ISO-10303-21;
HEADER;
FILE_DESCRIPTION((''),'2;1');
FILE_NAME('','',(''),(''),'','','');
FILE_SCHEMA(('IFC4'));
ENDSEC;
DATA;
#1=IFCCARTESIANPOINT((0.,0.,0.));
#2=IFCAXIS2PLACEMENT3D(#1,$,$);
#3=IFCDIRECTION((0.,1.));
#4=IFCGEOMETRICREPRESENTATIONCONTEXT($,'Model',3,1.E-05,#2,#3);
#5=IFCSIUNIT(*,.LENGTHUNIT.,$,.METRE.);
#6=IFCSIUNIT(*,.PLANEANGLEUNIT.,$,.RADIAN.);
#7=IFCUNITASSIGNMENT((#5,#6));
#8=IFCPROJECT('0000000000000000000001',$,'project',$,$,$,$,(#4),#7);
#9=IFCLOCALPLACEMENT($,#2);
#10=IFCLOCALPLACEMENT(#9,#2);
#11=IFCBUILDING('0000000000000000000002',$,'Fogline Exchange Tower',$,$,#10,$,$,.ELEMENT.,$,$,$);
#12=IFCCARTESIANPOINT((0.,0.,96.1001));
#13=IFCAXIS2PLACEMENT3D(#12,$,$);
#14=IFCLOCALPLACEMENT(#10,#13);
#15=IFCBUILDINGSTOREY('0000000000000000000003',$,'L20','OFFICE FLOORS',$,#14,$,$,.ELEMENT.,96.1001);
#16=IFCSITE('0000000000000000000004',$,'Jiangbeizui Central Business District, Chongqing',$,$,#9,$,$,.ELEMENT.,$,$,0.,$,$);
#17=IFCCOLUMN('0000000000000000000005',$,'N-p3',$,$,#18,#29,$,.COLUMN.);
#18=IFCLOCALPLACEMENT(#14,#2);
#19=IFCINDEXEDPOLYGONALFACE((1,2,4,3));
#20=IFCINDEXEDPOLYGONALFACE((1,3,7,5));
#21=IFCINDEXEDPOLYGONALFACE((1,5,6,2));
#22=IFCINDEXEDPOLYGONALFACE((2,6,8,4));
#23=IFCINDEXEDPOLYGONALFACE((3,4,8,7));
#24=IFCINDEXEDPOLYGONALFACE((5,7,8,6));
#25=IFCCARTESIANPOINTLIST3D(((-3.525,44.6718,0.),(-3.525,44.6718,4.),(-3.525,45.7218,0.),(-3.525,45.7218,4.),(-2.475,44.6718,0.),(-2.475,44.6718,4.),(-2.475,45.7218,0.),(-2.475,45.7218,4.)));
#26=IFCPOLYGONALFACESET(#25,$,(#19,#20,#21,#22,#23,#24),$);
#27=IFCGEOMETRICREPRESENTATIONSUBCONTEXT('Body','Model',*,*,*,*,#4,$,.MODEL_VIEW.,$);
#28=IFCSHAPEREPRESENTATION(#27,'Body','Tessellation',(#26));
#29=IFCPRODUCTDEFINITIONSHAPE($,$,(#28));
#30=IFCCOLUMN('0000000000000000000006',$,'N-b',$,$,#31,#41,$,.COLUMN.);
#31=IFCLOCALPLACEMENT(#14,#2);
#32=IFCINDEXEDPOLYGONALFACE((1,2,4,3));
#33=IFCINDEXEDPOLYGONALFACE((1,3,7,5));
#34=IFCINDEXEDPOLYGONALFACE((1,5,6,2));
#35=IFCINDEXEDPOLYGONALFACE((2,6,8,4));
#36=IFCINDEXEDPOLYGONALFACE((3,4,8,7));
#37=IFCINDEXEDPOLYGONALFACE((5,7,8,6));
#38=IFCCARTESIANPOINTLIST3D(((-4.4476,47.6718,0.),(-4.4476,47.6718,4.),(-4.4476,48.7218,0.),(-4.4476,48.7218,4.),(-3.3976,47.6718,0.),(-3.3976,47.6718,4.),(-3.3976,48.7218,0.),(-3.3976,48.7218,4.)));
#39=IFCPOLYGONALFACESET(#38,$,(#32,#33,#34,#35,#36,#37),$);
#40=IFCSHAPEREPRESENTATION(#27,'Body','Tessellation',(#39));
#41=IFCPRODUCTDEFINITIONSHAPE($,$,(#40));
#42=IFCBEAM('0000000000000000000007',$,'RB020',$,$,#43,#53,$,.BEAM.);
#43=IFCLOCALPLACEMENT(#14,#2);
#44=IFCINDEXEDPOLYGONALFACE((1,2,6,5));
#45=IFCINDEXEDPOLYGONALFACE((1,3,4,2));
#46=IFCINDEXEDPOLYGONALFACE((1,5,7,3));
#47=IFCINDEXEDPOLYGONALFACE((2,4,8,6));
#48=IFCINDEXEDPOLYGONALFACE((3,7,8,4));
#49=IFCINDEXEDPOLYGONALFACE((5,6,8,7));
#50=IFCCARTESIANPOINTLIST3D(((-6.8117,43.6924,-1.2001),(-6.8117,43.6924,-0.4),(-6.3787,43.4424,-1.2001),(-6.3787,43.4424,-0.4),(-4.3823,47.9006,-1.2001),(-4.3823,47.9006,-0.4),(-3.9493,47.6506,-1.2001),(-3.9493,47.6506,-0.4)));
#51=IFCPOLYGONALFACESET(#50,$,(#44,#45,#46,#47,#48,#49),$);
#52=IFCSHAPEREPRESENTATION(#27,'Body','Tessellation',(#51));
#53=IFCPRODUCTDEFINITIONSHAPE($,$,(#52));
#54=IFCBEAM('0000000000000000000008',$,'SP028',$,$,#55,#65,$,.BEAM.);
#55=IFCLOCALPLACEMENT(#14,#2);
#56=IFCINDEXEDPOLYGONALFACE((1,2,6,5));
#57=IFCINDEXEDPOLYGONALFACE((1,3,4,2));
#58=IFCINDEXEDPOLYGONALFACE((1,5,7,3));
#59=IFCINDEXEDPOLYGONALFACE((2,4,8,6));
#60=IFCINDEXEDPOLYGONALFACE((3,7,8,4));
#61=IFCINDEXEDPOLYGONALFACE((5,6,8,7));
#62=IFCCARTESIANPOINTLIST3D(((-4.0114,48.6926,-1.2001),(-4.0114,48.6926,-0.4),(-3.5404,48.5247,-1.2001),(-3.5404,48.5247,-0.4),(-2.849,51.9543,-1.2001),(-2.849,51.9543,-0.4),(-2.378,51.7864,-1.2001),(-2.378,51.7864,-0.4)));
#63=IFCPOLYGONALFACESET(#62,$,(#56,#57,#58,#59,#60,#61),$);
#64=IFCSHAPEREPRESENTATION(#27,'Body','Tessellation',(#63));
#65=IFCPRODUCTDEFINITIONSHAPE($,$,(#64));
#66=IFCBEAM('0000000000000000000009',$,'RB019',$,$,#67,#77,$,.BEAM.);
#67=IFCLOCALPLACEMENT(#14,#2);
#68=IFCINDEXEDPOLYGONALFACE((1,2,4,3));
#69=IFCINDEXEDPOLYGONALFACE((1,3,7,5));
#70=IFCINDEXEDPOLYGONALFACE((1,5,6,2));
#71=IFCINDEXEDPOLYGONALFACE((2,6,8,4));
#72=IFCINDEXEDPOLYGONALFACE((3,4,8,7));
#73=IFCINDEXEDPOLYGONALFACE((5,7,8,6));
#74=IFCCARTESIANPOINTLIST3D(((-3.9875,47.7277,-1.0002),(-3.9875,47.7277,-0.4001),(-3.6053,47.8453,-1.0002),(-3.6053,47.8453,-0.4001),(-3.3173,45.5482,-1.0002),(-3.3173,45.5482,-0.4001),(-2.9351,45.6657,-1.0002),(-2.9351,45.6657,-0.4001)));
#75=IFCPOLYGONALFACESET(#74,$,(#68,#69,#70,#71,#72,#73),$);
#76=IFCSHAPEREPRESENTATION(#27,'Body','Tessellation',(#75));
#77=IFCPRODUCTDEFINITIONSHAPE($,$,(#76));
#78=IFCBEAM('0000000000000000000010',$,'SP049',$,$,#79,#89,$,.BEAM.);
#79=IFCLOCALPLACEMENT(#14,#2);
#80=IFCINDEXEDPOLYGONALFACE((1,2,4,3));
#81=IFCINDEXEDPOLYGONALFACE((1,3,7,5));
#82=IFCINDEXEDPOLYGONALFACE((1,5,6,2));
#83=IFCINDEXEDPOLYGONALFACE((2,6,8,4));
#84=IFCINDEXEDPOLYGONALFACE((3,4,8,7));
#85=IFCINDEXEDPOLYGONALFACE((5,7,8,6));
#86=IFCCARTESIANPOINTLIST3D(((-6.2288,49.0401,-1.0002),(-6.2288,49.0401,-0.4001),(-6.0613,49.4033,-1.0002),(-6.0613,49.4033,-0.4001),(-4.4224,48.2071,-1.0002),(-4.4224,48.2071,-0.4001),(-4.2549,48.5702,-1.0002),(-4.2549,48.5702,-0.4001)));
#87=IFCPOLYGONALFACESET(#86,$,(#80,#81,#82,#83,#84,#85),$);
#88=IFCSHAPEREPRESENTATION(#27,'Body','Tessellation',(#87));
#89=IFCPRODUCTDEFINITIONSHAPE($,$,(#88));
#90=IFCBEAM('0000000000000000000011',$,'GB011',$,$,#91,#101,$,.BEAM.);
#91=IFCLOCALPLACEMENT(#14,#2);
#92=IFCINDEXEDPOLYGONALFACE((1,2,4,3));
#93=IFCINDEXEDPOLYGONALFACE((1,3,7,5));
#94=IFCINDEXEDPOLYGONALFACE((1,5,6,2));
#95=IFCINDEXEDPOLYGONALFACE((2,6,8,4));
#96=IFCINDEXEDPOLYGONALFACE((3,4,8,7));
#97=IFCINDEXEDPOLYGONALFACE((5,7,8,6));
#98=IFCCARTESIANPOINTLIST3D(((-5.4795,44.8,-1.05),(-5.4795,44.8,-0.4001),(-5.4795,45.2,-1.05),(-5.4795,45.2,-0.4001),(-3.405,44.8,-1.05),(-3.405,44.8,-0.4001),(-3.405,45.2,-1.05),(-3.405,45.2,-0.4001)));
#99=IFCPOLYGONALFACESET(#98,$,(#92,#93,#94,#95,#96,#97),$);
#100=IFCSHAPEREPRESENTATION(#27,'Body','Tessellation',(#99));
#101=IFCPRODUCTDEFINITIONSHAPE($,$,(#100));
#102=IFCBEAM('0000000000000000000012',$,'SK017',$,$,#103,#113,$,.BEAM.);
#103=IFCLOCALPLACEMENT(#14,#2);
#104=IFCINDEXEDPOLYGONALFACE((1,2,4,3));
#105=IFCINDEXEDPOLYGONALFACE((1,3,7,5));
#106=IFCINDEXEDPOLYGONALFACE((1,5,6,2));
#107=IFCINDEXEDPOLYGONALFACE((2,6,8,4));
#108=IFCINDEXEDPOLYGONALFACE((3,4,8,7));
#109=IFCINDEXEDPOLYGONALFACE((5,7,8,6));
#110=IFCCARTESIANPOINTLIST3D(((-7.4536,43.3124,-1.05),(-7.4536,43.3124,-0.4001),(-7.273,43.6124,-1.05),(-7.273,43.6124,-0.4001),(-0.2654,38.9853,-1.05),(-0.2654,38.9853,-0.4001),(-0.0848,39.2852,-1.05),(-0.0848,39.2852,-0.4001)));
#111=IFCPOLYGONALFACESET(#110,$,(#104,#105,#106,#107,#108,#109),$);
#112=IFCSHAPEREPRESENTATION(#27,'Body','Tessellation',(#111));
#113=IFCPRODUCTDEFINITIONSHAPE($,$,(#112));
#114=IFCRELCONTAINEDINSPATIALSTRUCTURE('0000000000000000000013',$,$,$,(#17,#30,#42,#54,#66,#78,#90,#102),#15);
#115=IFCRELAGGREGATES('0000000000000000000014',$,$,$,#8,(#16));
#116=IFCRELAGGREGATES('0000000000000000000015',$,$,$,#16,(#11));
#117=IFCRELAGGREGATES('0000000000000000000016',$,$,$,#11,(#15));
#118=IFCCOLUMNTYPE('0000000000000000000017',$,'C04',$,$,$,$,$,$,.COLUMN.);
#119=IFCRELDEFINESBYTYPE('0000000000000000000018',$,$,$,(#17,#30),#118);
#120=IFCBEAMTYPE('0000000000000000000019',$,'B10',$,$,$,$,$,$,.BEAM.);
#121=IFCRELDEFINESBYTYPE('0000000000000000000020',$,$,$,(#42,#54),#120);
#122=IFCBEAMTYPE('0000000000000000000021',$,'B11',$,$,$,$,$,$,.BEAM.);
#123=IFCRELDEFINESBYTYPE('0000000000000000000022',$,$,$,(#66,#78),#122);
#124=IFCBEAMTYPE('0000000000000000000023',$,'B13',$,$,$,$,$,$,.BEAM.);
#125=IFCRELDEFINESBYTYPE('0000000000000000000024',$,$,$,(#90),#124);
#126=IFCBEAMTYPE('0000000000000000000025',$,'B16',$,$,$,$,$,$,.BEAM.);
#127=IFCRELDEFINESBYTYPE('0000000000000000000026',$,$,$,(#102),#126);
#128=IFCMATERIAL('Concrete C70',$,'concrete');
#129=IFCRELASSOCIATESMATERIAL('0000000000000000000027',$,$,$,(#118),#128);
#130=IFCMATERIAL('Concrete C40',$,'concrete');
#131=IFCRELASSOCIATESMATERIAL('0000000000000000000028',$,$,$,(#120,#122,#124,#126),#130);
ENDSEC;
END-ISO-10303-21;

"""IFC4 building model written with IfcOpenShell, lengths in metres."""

from ifc_helpers import new_model, si_unit, direction, frame, origin, origin_2d, place, context, subcontext, project, spatial, rectangle, extrude, material, material_profile, profile_set, type_object, element, save


model = new_model("IFC4")

# Units and contexts
model_context = context("Model", 3, precision=1e-05, world=origin(), true_north=direction((0.0, 1.0)))
body_context = subcontext(model_context, "Body", "Model", "MODEL_VIEW")
ifc_project = project(units=[si_unit("LENGTHUNIT", "METRE"), si_unit("PLANEANGLEUNIT", "RADIAN")], contexts=[model_context])

# Site, building, storey
site_placement = place(None, origin())
site = spatial("IfcSite", under=ifc_project, at=site_placement, Name="Jiangbeizui Central Business District, Chongqing", CompositionType="ELEMENT", RefElevation=0.0)
building_placement = place(site_placement, origin())
building = spatial("IfcBuilding", under=site, at=building_placement, Name="Fogline Exchange Tower", CompositionType="ELEMENT")
storey_placement = place(building_placement, frame((0.0, 0.0, 96.1001)))
storey = spatial("IfcBuildingStorey", under=building, at=storey_placement, Name="L20", Description="OFFICE FLOORS", CompositionType="ELEMENT", Elevation=96.1001)

# Columns
ifc_material_1 = material(Name="Concrete C70", Category="concrete")
ifc_material_profile_1 = material_profile(ifc_material_1, rectangle(XDim=1.05, YDim=1.05, at=origin_2d()), Name="RC 1050x1050")
ifc_profile_set_1 = profile_set([ifc_material_profile_1], Name="Concrete C70")
column_type = type_object("IfcColumnType", Name="C04", PredefinedType="COLUMN", material=ifc_profile_set_1)
for number, where, z_axis, x_axis, name in (
    (1, (-3.0, 45.1968, 0.0), (0.0, 0.0, 1.0), (1.0, 0.0, 0.0), "N-p3"),
    (2, (-3.9226, 48.1968, 0.0), (0.0, 0.0, 1.0), (1.0, 0.0, 0.0), "N-b"),
):
    element("IfcColumn", number, at=place(storey_placement, frame(where, z_axis=z_axis, x_axis=x_axis)), inside=storey, type_object=column_type, Name=name, PredefinedType="COLUMN", context=body_context, shape_type="SweptSolid", body=[
        extrude(rectangle(XDim=1.05, YDim=1.05, at=origin_2d()), origin(), (0.0, 0.0, 1.0), 4.0),
    ])

# Beams
ifc_material_2 = material(Name="Concrete C40", Category="concrete")
ifc_material_profile_2 = material_profile(ifc_material_2, rectangle(XDim=0.5, YDim=0.8, at=origin_2d()), Name="RC 500x800")
ifc_profile_set_2 = profile_set([ifc_material_profile_2], Name="Concrete C40")
beam_type_1 = type_object("IfcBeamType", Name="B10", PredefinedType="BEAM", material=ifc_profile_set_2)
beam_1_placement = place(storey_placement, frame((-4.1658, 47.7756, -0.8), z_axis=(-0.49997, -0.866043, 0.0), x_axis=(0.866043, -0.49997, 0.0)))
element("IfcBeam", 3, at=beam_1_placement, inside=storey, type_object=beam_type_1, Name="RB020", PredefinedType="BEAM", context=body_context, shape_type="SweptSolid", body=[
    extrude(rectangle(XDim=0.5, YDim=0.8, at=origin_2d()), origin(), (0.0, 0.0, 1.0), 4.8591),
])
beam_2_placement = place(storey_placement, frame((-3.7759, 48.6086, -0.8), z_axis=(0.335684, 0.941975, 0.0), x_axis=(-0.941975, 0.335684, 0.0)))
element("IfcBeam", 4, at=beam_2_placement, inside=storey, type_object=beam_type_1, Name="SP028", PredefinedType="BEAM", context=body_context, shape_type="SweptSolid", body=[
    extrude(rectangle(XDim=0.5, YDim=0.8, at=origin_2d()), origin(), (0.0, 0.0, 1.0), 3.4626),
])
ifc_material_profile_3 = material_profile(ifc_material_2, rectangle(XDim=0.3999, YDim=0.6001, at=origin_2d()), Name="RC 400x600")
ifc_profile_set_3 = profile_set([ifc_material_profile_3], Name="Concrete C40")
beam_type_2 = type_object("IfcBeamType", Name="B11", PredefinedType="BEAM", material=ifc_profile_set_3)
beam_3_placement = place(storey_placement, frame((-3.1262, 45.6069, -0.7002), z_axis=(-0.293913, 0.955832, 0.0), x_axis=(-0.955832, -0.293913, 0.0)))
element("IfcBeam", 5, at=beam_3_placement, inside=storey, type_object=beam_type_2, Name="RB019", PredefinedType="BEAM", context=body_context, shape_type="SweptSolid", body=[
    extrude(rectangle(XDim=0.3999, YDim=0.6001, at=origin_2d()), origin(), (0.0, 0.0, 1.0), 2.2803),
])
beam_4_placement = place(storey_placement, frame((-4.3386, 48.3887, -0.7002), z_axis=(-0.908096, 0.418762, 0.0), x_axis=(-0.418762, -0.908096, 0.0)))
element("IfcBeam", 6, at=beam_4_placement, inside=storey, type_object=beam_type_2, Name="SP049", PredefinedType="BEAM", context=body_context, shape_type="SweptSolid", body=[
    extrude(rectangle(XDim=0.3999, YDim=0.6001, at=origin_2d()), origin(), (0.0, 0.0, 1.0), 1.9893),
])
ifc_material_profile_4 = material_profile(ifc_material_2, rectangle(XDim=0.3999, YDim=0.6499, at=origin_2d()), Name="RC 400x650")
ifc_profile_set_4 = profile_set([ifc_material_profile_4], Name="Concrete C40")
beam_type_3 = type_object("IfcBeamType", Name="B13", PredefinedType="BEAM", material=ifc_profile_set_4)
beam_5_placement = place(storey_placement, frame((-5.4795, 45.0, -0.7251), z_axis=(1.0, 0.0, 0.0), x_axis=(0.0, 1.0, 0.0)))
element("IfcBeam", 7, at=beam_5_placement, inside=storey, type_object=beam_type_3, Name="GB011", PredefinedType="BEAM", context=body_context, shape_type="SweptSolid", body=[
    extrude(rectangle(XDim=0.3999, YDim=0.6499, at=origin_2d()), origin(), (0.0, 0.0, 1.0), 2.0745),
])
ifc_material_profile_5 = material_profile(ifc_material_2, rectangle(XDim=0.3501, YDim=0.6499, at=origin_2d()), Name="RC 350x650")
ifc_profile_set_5 = profile_set([ifc_material_profile_5], Name="Concrete C40")
beam_type_4 = type_object("IfcBeamType", Name="B16", PredefinedType="BEAM", material=ifc_profile_set_5)
beam_6_placement = place(storey_placement, frame((-7.3633, 43.4624, -0.7251), z_axis=(0.856745, -0.51574, 0.0), x_axis=(0.51574, 0.856745, 0.0)))
element("IfcBeam", 8, at=beam_6_placement, inside=storey, type_object=beam_type_4, Name="SK017", PredefinedType="BEAM", context=body_context, shape_type="SweptSolid", body=[
    extrude(rectangle(XDim=0.3501, YDim=0.6499, at=origin_2d()), origin(), (0.0, 0.0, 1.0), 8.3901),
])

save(model, "model.ifc")
